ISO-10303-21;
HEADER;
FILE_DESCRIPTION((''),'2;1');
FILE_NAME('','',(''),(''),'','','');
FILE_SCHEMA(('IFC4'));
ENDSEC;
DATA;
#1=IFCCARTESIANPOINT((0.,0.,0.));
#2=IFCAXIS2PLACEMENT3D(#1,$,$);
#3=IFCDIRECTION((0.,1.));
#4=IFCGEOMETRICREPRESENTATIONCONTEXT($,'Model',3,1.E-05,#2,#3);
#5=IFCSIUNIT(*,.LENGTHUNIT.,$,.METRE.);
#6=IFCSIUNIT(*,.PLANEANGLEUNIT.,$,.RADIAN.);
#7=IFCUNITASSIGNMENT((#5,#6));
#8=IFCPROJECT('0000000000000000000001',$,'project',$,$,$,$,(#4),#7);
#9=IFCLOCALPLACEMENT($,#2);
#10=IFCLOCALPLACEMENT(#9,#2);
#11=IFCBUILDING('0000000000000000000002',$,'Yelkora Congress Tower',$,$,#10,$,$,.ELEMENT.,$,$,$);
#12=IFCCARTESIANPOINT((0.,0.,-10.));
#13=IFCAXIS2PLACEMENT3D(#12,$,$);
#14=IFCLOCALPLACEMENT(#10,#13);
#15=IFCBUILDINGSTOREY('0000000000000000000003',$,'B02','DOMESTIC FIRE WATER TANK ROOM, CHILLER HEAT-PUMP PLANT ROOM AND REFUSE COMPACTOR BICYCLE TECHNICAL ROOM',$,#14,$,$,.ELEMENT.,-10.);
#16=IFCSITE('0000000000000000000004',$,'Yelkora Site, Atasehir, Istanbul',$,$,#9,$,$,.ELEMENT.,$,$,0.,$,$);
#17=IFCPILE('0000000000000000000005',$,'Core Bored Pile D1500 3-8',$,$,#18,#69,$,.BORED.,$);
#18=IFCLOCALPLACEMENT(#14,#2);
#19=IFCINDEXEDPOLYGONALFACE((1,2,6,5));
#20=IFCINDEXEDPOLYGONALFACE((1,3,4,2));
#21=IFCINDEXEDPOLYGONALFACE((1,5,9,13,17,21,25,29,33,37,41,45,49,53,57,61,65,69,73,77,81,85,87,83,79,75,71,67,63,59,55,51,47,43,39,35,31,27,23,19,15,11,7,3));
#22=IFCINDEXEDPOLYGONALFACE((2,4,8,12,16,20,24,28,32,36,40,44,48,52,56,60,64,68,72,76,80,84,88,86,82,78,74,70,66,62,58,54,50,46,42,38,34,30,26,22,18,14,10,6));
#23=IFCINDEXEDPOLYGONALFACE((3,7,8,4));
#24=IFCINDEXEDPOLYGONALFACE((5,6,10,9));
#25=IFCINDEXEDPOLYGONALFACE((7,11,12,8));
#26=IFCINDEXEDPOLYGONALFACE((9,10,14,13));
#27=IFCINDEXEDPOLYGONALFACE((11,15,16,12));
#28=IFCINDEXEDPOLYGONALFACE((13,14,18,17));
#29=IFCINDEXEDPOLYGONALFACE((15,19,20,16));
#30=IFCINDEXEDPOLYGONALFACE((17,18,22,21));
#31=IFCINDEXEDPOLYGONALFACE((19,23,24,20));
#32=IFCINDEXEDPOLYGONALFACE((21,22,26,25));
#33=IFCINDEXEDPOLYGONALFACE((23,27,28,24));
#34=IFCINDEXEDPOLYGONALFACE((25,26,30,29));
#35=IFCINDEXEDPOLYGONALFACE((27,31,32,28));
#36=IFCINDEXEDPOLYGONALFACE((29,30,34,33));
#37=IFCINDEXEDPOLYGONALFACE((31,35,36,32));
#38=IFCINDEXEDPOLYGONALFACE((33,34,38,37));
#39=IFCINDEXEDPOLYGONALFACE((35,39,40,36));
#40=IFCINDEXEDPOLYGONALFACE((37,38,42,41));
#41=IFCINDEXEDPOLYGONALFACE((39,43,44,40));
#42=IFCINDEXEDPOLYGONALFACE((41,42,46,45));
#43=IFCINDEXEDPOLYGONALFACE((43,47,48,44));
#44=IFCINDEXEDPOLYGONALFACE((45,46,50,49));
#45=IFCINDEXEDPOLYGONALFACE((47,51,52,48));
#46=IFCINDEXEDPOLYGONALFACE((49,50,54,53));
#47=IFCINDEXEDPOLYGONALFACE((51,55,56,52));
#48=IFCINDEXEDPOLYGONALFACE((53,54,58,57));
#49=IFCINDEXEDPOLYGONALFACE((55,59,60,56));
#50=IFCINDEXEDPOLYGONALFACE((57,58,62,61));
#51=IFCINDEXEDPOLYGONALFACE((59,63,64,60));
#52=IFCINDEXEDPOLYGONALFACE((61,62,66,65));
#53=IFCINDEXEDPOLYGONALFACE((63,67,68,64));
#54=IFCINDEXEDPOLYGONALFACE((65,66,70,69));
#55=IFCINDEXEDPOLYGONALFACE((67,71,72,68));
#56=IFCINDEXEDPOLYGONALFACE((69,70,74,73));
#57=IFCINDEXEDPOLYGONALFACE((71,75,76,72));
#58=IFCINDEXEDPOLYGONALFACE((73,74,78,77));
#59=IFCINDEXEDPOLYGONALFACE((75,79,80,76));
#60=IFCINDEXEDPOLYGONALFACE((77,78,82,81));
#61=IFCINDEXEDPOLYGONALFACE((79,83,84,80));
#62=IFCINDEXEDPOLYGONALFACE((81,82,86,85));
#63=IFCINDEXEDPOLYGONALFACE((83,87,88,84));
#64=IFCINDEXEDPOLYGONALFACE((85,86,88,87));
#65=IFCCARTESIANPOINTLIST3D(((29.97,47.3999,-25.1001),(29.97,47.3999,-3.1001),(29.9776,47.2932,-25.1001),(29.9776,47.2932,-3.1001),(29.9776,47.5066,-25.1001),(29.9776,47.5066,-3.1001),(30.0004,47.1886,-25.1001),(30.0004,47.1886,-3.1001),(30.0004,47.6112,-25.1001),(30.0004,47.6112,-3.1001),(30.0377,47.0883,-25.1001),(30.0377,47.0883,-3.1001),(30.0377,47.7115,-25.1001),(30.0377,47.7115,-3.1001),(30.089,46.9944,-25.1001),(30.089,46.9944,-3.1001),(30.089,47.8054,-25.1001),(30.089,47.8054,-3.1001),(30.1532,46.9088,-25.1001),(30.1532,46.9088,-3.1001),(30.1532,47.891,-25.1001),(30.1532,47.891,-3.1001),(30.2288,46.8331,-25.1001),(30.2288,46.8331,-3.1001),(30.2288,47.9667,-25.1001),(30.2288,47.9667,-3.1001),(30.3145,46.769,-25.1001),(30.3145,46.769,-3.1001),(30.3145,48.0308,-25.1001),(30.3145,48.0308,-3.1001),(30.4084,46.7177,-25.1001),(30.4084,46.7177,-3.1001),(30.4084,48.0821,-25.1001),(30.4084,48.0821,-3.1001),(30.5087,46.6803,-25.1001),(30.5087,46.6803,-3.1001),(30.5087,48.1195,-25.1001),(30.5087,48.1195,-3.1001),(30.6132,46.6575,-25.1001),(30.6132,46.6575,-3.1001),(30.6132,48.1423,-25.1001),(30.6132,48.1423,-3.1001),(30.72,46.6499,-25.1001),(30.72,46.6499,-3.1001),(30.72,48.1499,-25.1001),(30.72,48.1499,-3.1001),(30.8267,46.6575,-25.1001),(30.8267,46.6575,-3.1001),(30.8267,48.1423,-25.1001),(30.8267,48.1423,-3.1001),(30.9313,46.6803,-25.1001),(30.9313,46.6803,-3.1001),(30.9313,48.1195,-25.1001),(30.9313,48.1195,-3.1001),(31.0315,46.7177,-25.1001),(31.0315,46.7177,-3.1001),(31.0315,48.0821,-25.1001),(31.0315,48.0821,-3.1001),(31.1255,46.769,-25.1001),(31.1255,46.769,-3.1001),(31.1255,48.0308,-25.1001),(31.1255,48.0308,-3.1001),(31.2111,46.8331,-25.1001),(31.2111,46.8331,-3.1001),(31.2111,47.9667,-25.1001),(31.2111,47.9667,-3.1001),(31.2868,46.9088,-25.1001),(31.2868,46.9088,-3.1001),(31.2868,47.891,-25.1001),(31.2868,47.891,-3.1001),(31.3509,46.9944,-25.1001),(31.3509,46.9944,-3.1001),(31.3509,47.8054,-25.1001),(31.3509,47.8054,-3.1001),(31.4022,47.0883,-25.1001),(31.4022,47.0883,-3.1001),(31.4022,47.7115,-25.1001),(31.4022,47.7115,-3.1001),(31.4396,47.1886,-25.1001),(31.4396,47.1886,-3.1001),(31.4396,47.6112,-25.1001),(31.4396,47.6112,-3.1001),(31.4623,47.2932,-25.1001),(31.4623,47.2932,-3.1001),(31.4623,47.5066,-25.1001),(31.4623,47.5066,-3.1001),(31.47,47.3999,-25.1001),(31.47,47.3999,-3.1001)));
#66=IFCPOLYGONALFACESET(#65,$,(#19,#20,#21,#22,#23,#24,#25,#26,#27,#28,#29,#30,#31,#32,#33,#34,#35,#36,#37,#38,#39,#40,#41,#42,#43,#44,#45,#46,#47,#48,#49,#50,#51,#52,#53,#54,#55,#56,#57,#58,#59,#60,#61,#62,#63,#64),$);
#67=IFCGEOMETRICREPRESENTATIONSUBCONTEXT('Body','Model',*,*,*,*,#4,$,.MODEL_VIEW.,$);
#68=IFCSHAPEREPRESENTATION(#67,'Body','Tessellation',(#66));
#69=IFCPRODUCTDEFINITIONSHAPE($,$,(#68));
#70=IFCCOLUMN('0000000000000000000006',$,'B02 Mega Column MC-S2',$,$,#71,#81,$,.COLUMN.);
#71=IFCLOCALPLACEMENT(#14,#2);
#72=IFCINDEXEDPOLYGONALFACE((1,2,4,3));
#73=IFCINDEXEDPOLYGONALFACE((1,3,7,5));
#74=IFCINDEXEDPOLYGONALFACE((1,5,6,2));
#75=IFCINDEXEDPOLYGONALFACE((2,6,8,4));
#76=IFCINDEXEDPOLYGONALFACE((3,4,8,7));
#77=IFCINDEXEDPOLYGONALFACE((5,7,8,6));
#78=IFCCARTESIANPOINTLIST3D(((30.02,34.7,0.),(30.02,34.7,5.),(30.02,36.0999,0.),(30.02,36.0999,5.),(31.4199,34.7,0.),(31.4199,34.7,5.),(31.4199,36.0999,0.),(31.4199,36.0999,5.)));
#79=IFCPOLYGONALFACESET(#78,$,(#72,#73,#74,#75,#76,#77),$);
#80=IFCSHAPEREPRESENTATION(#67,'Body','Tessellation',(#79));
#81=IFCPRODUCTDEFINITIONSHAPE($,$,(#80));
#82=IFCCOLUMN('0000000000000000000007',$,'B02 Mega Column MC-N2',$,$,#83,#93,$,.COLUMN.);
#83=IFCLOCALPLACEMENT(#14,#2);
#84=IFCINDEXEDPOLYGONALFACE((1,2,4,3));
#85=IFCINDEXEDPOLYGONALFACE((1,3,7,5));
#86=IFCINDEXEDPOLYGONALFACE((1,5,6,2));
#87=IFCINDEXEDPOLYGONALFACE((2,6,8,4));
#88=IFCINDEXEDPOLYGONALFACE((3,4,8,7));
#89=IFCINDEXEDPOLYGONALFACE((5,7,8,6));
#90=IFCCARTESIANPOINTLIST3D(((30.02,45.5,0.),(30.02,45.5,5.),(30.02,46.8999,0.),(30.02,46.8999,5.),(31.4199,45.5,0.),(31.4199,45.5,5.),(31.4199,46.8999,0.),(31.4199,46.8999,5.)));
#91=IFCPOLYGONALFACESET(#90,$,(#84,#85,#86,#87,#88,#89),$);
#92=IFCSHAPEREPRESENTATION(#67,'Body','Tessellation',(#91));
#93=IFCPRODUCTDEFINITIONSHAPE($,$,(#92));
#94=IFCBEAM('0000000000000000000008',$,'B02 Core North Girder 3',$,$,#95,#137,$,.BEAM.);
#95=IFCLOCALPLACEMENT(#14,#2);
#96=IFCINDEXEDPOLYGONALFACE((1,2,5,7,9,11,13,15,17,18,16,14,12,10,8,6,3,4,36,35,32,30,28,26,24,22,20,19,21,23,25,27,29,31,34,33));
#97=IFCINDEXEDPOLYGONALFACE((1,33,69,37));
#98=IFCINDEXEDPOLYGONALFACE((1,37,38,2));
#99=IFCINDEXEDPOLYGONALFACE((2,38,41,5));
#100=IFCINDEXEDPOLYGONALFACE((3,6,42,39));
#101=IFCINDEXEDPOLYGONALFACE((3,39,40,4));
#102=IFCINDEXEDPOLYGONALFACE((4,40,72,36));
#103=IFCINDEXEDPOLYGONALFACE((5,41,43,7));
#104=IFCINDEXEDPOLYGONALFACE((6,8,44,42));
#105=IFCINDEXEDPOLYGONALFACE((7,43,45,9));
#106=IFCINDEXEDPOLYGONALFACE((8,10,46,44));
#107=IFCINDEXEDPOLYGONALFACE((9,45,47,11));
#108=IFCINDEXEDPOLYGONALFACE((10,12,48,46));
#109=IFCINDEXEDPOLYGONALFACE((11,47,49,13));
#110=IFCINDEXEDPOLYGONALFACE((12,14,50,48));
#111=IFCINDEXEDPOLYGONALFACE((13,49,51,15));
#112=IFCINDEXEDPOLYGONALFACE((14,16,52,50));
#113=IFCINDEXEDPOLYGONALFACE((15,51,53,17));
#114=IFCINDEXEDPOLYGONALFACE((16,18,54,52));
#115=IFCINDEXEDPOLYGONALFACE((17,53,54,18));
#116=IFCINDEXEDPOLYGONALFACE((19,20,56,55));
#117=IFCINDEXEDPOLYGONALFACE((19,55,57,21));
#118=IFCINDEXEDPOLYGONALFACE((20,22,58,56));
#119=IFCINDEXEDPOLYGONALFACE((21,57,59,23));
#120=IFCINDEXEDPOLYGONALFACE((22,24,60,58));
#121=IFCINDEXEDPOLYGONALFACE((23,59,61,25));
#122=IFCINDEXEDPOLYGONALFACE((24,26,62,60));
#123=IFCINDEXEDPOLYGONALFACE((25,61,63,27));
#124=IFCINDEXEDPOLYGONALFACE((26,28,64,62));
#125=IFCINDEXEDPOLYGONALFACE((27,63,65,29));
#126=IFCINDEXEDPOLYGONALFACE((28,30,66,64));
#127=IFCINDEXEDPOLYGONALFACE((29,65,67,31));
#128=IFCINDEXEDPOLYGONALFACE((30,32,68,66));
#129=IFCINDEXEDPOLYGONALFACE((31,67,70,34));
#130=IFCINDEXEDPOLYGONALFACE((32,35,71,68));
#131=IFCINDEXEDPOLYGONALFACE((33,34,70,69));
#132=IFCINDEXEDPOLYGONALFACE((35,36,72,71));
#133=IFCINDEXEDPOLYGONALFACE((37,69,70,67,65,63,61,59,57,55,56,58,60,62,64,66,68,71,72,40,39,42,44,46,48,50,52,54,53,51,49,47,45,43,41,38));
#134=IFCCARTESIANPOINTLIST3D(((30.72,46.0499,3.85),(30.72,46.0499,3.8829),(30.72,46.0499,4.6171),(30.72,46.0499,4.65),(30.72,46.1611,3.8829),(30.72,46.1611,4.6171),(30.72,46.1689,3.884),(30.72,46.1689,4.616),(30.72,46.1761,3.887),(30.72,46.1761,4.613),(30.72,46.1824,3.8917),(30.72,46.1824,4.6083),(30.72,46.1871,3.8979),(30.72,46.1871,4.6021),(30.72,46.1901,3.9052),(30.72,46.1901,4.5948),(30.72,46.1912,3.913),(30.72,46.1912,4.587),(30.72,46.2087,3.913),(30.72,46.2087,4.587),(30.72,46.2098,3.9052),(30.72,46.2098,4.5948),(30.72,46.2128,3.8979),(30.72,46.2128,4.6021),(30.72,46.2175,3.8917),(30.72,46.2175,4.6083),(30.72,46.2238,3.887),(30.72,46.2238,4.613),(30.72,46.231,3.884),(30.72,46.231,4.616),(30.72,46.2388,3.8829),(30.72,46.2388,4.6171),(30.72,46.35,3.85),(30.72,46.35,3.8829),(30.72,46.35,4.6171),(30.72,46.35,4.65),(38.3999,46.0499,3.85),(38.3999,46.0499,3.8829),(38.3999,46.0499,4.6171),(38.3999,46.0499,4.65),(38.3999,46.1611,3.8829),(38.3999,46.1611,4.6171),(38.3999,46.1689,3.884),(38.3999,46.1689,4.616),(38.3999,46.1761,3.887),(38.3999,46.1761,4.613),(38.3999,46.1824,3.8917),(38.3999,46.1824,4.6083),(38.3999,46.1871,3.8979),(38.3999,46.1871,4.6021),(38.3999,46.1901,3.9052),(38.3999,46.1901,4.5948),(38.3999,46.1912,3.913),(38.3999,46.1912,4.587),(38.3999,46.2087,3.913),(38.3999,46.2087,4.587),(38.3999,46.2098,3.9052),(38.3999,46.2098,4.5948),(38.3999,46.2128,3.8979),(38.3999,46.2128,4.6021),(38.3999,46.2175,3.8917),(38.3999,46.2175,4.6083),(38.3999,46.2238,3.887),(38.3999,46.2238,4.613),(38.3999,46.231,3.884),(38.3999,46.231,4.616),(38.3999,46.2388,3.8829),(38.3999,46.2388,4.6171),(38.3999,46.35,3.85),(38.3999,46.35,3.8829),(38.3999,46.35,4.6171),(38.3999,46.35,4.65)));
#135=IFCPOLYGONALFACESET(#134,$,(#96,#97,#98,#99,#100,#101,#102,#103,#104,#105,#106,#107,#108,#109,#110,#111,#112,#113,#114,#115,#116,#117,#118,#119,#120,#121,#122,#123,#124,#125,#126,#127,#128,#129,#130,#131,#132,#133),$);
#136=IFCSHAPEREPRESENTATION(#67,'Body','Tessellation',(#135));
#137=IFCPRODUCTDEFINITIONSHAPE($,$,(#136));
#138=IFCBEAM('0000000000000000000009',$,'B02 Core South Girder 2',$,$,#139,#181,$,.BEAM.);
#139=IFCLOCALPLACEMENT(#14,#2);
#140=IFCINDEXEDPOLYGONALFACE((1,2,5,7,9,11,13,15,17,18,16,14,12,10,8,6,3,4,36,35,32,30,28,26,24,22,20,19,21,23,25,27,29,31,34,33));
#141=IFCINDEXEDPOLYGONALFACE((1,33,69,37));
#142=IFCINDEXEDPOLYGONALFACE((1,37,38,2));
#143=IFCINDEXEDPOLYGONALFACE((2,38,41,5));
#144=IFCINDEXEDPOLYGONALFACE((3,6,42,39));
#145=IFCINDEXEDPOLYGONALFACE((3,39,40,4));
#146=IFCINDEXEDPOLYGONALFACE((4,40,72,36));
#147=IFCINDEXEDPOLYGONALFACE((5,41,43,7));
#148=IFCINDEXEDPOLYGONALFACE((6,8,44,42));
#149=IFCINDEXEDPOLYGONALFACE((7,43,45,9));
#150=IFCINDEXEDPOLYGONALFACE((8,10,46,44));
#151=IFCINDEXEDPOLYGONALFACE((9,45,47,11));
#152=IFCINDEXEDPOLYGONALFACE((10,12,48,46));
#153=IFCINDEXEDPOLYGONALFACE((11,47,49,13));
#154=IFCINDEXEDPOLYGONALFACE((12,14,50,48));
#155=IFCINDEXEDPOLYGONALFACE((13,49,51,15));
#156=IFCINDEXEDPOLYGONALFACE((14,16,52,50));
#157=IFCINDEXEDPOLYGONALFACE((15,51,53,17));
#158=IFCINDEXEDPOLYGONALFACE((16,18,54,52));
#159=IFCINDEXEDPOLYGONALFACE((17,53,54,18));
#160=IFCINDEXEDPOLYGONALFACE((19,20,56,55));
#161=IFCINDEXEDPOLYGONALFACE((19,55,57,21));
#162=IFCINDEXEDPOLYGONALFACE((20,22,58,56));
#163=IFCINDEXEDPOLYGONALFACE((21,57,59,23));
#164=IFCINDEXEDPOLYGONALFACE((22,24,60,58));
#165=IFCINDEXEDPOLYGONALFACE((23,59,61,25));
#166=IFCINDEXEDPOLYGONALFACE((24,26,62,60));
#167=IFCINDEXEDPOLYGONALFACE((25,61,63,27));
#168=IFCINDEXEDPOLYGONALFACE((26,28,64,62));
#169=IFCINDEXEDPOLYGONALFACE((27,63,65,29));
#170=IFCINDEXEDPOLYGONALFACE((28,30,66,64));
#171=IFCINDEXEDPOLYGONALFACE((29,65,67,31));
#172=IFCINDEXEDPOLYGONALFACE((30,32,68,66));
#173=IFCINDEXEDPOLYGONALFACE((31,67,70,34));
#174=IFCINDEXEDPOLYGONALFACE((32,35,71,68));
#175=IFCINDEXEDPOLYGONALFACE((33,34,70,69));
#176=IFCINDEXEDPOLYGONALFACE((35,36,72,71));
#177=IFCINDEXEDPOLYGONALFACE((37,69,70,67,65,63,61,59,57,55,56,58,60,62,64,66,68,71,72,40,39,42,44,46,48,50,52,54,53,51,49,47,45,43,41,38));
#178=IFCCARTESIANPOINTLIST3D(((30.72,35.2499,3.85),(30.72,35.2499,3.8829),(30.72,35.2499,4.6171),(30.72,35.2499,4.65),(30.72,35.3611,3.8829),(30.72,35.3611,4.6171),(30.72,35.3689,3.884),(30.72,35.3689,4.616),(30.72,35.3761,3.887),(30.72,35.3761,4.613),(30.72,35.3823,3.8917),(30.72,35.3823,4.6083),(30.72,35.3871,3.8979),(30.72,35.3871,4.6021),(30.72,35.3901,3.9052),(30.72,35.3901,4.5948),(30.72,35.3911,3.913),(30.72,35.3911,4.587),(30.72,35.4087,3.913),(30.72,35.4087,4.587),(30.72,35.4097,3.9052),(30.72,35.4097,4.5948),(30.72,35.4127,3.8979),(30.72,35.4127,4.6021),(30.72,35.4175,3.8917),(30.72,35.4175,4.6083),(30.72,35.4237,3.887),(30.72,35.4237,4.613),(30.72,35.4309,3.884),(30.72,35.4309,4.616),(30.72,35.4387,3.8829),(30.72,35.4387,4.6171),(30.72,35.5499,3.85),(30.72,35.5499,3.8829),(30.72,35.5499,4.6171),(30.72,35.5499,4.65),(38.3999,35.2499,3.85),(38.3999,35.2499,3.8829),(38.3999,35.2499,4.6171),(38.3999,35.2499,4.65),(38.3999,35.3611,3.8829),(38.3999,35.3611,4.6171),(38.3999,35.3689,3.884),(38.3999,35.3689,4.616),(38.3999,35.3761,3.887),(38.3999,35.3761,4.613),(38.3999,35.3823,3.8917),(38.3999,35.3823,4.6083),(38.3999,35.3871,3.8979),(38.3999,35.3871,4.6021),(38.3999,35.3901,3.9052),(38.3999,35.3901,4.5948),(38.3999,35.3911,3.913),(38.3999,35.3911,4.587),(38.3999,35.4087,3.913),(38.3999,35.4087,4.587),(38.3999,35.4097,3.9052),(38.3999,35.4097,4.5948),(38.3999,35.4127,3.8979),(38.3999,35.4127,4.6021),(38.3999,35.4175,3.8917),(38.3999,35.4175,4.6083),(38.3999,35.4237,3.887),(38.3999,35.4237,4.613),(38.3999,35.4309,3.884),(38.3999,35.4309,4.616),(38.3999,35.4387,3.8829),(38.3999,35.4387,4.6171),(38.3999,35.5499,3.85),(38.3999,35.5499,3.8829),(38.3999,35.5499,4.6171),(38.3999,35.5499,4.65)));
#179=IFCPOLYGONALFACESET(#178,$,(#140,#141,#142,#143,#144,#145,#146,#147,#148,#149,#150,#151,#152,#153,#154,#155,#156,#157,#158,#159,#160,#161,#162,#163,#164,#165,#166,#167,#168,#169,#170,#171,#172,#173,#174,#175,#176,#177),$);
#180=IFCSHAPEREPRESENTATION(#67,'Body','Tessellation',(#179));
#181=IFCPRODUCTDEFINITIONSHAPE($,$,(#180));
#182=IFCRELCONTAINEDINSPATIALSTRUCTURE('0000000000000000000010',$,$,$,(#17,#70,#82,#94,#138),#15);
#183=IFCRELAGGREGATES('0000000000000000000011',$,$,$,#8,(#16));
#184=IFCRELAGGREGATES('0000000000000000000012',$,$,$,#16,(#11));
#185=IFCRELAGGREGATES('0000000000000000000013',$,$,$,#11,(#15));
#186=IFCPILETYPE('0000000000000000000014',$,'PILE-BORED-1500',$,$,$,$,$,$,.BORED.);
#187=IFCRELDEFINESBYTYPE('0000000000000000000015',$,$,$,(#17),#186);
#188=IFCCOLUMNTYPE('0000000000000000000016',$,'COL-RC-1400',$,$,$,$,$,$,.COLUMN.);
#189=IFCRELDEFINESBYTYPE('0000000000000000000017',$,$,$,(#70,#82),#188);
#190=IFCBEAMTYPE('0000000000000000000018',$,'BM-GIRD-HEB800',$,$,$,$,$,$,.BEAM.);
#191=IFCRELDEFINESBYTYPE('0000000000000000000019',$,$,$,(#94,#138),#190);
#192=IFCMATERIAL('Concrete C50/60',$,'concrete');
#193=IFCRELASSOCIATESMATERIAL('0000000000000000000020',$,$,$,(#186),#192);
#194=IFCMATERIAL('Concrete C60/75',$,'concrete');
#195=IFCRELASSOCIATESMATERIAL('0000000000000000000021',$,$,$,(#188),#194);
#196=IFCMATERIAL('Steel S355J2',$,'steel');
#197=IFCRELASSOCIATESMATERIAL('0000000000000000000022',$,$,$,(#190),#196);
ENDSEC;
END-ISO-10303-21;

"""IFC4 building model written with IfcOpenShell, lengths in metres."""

from ifc_helpers import new_model, si_unit, direction, frame, origin, origin_2d, place, context, subcontext, project, spatial, rectangle, circle, i_section, extrude, material, material_profile, profile_set, type_object, element, save


model = new_model("IFC4")

# Units and contexts
model_context = context("Model", 3, precision=1e-05, world=origin(), true_north=direction((0.0, 1.0)))
body_context = subcontext(model_context, "Body", "Model", "MODEL_VIEW")
ifc_project = project(units=[si_unit("LENGTHUNIT", "METRE"), si_unit("PLANEANGLEUNIT", "RADIAN")], contexts=[model_context])

# Site, building, storey
site_placement = place(None, origin())
site = spatial("IfcSite", under=ifc_project, at=site_placement, Name="Yelkora Site, Atasehir, Istanbul", CompositionType="ELEMENT", RefElevation=0.0)
building_placement = place(site_placement, origin())
building = spatial("IfcBuilding", under=site, at=building_placement, Name="Yelkora Congress Tower", CompositionType="ELEMENT")
storey_placement = place(building_placement, frame((0.0, 0.0, -10.0)))
storey = spatial("IfcBuildingStorey", under=building, at=storey_placement, Name="B02", Description="DOMESTIC FIRE WATER TANK ROOM, CHILLER HEAT-PUMP PLANT ROOM AND REFUSE COMPACTOR BICYCLE TECHNICAL ROOM", CompositionType="ELEMENT", Elevation=-10.0)

# Pile
ifc_material_1 = material(Name="Concrete C50/60", Category="concrete")
ifc_material_profile_1 = material_profile(ifc_material_1, circle(Radius=0.75, at=origin_2d()), Name="PILE D1500")
ifc_profile_set_1 = profile_set([ifc_material_profile_1], Name="Concrete C50/60")
pile_type = type_object("IfcPileType", Name="PILE-BORED-1500", PredefinedType="BORED", material=ifc_profile_set_1)
for number, where, z_axis, x_axis, name in (
    (1, (30.72, 47.3999, -3.1001), (0.0, 0.0, -1.0), (1.0, 0.0, 0.0), "Core Bored Pile D1500 3-8"),
):
    element("IfcPile", number, at=place(storey_placement, frame(where, z_axis=z_axis, x_axis=x_axis)), inside=storey, type_object=pile_type, Name=name, PredefinedType="BORED", context=body_context, shape_type="SweptSolid", body=[
        extrude(circle(Radius=0.75, at=origin_2d()), origin(), (0.0, 0.0, 1.0), 22.0),
    ])

# Columns
ifc_material_2 = material(Name="Concrete C60/75", Category="concrete")
ifc_material_profile_2 = material_profile(ifc_material_2, rectangle(XDim=1.3999, YDim=1.3999, at=origin_2d()), Name="RC 1400x1400")
ifc_profile_set_2 = profile_set([ifc_material_profile_2], Name="Concrete C60/75")
column_type = type_object("IfcColumnType", Name="COL-RC-1400", PredefinedType="COLUMN", material=ifc_profile_set_2)
for number, where, z_axis, x_axis, name in (
    (2, (30.72, 35.3999, 0.0), (0.0, 0.0, 1.0), (1.0, 0.0, 0.0), "B02 Mega Column MC-S2"),
    (3, (30.72, 46.2, 0.0), (0.0, 0.0, 1.0), (1.0, 0.0, 0.0), "B02 Mega Column MC-N2"),
):
    element("IfcColumn", number, at=place(storey_placement, frame(where, z_axis=z_axis, x_axis=x_axis)), inside=storey, type_object=column_type, Name=name, PredefinedType="COLUMN", context=body_context, shape_type="SweptSolid", body=[
        extrude(rectangle(XDim=1.3999, YDim=1.3999, at=origin_2d()), origin(), (0.0, 0.0, 1.0), 5.0),
    ])

# Beams
ifc_material_3 = material(Name="Steel S355J2", Category="steel")
ifc_material_profile_3 = material_profile(ifc_material_3, i_section(OverallWidth=0.3, OverallDepth=0.8, WebThickness=0.0176, FlangeThickness=0.033, FilletRadius=0.03, at=origin_2d()), Name="HEB 800")
ifc_profile_set_3 = profile_set([ifc_material_profile_3], Name="Steel S355J2")
beam_type = type_object("IfcBeamType", Name="BM-GIRD-HEB800", PredefinedType="BEAM", material=ifc_profile_set_3)
for number, where, z_axis, x_axis, name in (
    (4, (30.72, 46.2, 4.25), (1.0, 0.0, 0.0), (0.0, 1.0, 0.0), "B02 Core North Girder 3"),
    (5, (30.72, 35.3999, 4.25), (1.0, 0.0, 0.0), (0.0, 1.0, 0.0), "B02 Core South Girder 2"),
):
    element("IfcBeam", number, at=place(storey_placement, frame(where, z_axis=z_axis, x_axis=x_axis)), inside=storey, type_object=beam_type, Name=name, PredefinedType="BEAM", context=body_context, shape_type="SweptSolid", body=[
        extrude(i_section(OverallWidth=0.3, OverallDepth=0.8, WebThickness=0.0176, FlangeThickness=0.033, FilletRadius=0.03, at=origin_2d()), origin(), (0.0, 0.0, 1.0), 7.6799),
    ])

save(model, "model.ifc")
